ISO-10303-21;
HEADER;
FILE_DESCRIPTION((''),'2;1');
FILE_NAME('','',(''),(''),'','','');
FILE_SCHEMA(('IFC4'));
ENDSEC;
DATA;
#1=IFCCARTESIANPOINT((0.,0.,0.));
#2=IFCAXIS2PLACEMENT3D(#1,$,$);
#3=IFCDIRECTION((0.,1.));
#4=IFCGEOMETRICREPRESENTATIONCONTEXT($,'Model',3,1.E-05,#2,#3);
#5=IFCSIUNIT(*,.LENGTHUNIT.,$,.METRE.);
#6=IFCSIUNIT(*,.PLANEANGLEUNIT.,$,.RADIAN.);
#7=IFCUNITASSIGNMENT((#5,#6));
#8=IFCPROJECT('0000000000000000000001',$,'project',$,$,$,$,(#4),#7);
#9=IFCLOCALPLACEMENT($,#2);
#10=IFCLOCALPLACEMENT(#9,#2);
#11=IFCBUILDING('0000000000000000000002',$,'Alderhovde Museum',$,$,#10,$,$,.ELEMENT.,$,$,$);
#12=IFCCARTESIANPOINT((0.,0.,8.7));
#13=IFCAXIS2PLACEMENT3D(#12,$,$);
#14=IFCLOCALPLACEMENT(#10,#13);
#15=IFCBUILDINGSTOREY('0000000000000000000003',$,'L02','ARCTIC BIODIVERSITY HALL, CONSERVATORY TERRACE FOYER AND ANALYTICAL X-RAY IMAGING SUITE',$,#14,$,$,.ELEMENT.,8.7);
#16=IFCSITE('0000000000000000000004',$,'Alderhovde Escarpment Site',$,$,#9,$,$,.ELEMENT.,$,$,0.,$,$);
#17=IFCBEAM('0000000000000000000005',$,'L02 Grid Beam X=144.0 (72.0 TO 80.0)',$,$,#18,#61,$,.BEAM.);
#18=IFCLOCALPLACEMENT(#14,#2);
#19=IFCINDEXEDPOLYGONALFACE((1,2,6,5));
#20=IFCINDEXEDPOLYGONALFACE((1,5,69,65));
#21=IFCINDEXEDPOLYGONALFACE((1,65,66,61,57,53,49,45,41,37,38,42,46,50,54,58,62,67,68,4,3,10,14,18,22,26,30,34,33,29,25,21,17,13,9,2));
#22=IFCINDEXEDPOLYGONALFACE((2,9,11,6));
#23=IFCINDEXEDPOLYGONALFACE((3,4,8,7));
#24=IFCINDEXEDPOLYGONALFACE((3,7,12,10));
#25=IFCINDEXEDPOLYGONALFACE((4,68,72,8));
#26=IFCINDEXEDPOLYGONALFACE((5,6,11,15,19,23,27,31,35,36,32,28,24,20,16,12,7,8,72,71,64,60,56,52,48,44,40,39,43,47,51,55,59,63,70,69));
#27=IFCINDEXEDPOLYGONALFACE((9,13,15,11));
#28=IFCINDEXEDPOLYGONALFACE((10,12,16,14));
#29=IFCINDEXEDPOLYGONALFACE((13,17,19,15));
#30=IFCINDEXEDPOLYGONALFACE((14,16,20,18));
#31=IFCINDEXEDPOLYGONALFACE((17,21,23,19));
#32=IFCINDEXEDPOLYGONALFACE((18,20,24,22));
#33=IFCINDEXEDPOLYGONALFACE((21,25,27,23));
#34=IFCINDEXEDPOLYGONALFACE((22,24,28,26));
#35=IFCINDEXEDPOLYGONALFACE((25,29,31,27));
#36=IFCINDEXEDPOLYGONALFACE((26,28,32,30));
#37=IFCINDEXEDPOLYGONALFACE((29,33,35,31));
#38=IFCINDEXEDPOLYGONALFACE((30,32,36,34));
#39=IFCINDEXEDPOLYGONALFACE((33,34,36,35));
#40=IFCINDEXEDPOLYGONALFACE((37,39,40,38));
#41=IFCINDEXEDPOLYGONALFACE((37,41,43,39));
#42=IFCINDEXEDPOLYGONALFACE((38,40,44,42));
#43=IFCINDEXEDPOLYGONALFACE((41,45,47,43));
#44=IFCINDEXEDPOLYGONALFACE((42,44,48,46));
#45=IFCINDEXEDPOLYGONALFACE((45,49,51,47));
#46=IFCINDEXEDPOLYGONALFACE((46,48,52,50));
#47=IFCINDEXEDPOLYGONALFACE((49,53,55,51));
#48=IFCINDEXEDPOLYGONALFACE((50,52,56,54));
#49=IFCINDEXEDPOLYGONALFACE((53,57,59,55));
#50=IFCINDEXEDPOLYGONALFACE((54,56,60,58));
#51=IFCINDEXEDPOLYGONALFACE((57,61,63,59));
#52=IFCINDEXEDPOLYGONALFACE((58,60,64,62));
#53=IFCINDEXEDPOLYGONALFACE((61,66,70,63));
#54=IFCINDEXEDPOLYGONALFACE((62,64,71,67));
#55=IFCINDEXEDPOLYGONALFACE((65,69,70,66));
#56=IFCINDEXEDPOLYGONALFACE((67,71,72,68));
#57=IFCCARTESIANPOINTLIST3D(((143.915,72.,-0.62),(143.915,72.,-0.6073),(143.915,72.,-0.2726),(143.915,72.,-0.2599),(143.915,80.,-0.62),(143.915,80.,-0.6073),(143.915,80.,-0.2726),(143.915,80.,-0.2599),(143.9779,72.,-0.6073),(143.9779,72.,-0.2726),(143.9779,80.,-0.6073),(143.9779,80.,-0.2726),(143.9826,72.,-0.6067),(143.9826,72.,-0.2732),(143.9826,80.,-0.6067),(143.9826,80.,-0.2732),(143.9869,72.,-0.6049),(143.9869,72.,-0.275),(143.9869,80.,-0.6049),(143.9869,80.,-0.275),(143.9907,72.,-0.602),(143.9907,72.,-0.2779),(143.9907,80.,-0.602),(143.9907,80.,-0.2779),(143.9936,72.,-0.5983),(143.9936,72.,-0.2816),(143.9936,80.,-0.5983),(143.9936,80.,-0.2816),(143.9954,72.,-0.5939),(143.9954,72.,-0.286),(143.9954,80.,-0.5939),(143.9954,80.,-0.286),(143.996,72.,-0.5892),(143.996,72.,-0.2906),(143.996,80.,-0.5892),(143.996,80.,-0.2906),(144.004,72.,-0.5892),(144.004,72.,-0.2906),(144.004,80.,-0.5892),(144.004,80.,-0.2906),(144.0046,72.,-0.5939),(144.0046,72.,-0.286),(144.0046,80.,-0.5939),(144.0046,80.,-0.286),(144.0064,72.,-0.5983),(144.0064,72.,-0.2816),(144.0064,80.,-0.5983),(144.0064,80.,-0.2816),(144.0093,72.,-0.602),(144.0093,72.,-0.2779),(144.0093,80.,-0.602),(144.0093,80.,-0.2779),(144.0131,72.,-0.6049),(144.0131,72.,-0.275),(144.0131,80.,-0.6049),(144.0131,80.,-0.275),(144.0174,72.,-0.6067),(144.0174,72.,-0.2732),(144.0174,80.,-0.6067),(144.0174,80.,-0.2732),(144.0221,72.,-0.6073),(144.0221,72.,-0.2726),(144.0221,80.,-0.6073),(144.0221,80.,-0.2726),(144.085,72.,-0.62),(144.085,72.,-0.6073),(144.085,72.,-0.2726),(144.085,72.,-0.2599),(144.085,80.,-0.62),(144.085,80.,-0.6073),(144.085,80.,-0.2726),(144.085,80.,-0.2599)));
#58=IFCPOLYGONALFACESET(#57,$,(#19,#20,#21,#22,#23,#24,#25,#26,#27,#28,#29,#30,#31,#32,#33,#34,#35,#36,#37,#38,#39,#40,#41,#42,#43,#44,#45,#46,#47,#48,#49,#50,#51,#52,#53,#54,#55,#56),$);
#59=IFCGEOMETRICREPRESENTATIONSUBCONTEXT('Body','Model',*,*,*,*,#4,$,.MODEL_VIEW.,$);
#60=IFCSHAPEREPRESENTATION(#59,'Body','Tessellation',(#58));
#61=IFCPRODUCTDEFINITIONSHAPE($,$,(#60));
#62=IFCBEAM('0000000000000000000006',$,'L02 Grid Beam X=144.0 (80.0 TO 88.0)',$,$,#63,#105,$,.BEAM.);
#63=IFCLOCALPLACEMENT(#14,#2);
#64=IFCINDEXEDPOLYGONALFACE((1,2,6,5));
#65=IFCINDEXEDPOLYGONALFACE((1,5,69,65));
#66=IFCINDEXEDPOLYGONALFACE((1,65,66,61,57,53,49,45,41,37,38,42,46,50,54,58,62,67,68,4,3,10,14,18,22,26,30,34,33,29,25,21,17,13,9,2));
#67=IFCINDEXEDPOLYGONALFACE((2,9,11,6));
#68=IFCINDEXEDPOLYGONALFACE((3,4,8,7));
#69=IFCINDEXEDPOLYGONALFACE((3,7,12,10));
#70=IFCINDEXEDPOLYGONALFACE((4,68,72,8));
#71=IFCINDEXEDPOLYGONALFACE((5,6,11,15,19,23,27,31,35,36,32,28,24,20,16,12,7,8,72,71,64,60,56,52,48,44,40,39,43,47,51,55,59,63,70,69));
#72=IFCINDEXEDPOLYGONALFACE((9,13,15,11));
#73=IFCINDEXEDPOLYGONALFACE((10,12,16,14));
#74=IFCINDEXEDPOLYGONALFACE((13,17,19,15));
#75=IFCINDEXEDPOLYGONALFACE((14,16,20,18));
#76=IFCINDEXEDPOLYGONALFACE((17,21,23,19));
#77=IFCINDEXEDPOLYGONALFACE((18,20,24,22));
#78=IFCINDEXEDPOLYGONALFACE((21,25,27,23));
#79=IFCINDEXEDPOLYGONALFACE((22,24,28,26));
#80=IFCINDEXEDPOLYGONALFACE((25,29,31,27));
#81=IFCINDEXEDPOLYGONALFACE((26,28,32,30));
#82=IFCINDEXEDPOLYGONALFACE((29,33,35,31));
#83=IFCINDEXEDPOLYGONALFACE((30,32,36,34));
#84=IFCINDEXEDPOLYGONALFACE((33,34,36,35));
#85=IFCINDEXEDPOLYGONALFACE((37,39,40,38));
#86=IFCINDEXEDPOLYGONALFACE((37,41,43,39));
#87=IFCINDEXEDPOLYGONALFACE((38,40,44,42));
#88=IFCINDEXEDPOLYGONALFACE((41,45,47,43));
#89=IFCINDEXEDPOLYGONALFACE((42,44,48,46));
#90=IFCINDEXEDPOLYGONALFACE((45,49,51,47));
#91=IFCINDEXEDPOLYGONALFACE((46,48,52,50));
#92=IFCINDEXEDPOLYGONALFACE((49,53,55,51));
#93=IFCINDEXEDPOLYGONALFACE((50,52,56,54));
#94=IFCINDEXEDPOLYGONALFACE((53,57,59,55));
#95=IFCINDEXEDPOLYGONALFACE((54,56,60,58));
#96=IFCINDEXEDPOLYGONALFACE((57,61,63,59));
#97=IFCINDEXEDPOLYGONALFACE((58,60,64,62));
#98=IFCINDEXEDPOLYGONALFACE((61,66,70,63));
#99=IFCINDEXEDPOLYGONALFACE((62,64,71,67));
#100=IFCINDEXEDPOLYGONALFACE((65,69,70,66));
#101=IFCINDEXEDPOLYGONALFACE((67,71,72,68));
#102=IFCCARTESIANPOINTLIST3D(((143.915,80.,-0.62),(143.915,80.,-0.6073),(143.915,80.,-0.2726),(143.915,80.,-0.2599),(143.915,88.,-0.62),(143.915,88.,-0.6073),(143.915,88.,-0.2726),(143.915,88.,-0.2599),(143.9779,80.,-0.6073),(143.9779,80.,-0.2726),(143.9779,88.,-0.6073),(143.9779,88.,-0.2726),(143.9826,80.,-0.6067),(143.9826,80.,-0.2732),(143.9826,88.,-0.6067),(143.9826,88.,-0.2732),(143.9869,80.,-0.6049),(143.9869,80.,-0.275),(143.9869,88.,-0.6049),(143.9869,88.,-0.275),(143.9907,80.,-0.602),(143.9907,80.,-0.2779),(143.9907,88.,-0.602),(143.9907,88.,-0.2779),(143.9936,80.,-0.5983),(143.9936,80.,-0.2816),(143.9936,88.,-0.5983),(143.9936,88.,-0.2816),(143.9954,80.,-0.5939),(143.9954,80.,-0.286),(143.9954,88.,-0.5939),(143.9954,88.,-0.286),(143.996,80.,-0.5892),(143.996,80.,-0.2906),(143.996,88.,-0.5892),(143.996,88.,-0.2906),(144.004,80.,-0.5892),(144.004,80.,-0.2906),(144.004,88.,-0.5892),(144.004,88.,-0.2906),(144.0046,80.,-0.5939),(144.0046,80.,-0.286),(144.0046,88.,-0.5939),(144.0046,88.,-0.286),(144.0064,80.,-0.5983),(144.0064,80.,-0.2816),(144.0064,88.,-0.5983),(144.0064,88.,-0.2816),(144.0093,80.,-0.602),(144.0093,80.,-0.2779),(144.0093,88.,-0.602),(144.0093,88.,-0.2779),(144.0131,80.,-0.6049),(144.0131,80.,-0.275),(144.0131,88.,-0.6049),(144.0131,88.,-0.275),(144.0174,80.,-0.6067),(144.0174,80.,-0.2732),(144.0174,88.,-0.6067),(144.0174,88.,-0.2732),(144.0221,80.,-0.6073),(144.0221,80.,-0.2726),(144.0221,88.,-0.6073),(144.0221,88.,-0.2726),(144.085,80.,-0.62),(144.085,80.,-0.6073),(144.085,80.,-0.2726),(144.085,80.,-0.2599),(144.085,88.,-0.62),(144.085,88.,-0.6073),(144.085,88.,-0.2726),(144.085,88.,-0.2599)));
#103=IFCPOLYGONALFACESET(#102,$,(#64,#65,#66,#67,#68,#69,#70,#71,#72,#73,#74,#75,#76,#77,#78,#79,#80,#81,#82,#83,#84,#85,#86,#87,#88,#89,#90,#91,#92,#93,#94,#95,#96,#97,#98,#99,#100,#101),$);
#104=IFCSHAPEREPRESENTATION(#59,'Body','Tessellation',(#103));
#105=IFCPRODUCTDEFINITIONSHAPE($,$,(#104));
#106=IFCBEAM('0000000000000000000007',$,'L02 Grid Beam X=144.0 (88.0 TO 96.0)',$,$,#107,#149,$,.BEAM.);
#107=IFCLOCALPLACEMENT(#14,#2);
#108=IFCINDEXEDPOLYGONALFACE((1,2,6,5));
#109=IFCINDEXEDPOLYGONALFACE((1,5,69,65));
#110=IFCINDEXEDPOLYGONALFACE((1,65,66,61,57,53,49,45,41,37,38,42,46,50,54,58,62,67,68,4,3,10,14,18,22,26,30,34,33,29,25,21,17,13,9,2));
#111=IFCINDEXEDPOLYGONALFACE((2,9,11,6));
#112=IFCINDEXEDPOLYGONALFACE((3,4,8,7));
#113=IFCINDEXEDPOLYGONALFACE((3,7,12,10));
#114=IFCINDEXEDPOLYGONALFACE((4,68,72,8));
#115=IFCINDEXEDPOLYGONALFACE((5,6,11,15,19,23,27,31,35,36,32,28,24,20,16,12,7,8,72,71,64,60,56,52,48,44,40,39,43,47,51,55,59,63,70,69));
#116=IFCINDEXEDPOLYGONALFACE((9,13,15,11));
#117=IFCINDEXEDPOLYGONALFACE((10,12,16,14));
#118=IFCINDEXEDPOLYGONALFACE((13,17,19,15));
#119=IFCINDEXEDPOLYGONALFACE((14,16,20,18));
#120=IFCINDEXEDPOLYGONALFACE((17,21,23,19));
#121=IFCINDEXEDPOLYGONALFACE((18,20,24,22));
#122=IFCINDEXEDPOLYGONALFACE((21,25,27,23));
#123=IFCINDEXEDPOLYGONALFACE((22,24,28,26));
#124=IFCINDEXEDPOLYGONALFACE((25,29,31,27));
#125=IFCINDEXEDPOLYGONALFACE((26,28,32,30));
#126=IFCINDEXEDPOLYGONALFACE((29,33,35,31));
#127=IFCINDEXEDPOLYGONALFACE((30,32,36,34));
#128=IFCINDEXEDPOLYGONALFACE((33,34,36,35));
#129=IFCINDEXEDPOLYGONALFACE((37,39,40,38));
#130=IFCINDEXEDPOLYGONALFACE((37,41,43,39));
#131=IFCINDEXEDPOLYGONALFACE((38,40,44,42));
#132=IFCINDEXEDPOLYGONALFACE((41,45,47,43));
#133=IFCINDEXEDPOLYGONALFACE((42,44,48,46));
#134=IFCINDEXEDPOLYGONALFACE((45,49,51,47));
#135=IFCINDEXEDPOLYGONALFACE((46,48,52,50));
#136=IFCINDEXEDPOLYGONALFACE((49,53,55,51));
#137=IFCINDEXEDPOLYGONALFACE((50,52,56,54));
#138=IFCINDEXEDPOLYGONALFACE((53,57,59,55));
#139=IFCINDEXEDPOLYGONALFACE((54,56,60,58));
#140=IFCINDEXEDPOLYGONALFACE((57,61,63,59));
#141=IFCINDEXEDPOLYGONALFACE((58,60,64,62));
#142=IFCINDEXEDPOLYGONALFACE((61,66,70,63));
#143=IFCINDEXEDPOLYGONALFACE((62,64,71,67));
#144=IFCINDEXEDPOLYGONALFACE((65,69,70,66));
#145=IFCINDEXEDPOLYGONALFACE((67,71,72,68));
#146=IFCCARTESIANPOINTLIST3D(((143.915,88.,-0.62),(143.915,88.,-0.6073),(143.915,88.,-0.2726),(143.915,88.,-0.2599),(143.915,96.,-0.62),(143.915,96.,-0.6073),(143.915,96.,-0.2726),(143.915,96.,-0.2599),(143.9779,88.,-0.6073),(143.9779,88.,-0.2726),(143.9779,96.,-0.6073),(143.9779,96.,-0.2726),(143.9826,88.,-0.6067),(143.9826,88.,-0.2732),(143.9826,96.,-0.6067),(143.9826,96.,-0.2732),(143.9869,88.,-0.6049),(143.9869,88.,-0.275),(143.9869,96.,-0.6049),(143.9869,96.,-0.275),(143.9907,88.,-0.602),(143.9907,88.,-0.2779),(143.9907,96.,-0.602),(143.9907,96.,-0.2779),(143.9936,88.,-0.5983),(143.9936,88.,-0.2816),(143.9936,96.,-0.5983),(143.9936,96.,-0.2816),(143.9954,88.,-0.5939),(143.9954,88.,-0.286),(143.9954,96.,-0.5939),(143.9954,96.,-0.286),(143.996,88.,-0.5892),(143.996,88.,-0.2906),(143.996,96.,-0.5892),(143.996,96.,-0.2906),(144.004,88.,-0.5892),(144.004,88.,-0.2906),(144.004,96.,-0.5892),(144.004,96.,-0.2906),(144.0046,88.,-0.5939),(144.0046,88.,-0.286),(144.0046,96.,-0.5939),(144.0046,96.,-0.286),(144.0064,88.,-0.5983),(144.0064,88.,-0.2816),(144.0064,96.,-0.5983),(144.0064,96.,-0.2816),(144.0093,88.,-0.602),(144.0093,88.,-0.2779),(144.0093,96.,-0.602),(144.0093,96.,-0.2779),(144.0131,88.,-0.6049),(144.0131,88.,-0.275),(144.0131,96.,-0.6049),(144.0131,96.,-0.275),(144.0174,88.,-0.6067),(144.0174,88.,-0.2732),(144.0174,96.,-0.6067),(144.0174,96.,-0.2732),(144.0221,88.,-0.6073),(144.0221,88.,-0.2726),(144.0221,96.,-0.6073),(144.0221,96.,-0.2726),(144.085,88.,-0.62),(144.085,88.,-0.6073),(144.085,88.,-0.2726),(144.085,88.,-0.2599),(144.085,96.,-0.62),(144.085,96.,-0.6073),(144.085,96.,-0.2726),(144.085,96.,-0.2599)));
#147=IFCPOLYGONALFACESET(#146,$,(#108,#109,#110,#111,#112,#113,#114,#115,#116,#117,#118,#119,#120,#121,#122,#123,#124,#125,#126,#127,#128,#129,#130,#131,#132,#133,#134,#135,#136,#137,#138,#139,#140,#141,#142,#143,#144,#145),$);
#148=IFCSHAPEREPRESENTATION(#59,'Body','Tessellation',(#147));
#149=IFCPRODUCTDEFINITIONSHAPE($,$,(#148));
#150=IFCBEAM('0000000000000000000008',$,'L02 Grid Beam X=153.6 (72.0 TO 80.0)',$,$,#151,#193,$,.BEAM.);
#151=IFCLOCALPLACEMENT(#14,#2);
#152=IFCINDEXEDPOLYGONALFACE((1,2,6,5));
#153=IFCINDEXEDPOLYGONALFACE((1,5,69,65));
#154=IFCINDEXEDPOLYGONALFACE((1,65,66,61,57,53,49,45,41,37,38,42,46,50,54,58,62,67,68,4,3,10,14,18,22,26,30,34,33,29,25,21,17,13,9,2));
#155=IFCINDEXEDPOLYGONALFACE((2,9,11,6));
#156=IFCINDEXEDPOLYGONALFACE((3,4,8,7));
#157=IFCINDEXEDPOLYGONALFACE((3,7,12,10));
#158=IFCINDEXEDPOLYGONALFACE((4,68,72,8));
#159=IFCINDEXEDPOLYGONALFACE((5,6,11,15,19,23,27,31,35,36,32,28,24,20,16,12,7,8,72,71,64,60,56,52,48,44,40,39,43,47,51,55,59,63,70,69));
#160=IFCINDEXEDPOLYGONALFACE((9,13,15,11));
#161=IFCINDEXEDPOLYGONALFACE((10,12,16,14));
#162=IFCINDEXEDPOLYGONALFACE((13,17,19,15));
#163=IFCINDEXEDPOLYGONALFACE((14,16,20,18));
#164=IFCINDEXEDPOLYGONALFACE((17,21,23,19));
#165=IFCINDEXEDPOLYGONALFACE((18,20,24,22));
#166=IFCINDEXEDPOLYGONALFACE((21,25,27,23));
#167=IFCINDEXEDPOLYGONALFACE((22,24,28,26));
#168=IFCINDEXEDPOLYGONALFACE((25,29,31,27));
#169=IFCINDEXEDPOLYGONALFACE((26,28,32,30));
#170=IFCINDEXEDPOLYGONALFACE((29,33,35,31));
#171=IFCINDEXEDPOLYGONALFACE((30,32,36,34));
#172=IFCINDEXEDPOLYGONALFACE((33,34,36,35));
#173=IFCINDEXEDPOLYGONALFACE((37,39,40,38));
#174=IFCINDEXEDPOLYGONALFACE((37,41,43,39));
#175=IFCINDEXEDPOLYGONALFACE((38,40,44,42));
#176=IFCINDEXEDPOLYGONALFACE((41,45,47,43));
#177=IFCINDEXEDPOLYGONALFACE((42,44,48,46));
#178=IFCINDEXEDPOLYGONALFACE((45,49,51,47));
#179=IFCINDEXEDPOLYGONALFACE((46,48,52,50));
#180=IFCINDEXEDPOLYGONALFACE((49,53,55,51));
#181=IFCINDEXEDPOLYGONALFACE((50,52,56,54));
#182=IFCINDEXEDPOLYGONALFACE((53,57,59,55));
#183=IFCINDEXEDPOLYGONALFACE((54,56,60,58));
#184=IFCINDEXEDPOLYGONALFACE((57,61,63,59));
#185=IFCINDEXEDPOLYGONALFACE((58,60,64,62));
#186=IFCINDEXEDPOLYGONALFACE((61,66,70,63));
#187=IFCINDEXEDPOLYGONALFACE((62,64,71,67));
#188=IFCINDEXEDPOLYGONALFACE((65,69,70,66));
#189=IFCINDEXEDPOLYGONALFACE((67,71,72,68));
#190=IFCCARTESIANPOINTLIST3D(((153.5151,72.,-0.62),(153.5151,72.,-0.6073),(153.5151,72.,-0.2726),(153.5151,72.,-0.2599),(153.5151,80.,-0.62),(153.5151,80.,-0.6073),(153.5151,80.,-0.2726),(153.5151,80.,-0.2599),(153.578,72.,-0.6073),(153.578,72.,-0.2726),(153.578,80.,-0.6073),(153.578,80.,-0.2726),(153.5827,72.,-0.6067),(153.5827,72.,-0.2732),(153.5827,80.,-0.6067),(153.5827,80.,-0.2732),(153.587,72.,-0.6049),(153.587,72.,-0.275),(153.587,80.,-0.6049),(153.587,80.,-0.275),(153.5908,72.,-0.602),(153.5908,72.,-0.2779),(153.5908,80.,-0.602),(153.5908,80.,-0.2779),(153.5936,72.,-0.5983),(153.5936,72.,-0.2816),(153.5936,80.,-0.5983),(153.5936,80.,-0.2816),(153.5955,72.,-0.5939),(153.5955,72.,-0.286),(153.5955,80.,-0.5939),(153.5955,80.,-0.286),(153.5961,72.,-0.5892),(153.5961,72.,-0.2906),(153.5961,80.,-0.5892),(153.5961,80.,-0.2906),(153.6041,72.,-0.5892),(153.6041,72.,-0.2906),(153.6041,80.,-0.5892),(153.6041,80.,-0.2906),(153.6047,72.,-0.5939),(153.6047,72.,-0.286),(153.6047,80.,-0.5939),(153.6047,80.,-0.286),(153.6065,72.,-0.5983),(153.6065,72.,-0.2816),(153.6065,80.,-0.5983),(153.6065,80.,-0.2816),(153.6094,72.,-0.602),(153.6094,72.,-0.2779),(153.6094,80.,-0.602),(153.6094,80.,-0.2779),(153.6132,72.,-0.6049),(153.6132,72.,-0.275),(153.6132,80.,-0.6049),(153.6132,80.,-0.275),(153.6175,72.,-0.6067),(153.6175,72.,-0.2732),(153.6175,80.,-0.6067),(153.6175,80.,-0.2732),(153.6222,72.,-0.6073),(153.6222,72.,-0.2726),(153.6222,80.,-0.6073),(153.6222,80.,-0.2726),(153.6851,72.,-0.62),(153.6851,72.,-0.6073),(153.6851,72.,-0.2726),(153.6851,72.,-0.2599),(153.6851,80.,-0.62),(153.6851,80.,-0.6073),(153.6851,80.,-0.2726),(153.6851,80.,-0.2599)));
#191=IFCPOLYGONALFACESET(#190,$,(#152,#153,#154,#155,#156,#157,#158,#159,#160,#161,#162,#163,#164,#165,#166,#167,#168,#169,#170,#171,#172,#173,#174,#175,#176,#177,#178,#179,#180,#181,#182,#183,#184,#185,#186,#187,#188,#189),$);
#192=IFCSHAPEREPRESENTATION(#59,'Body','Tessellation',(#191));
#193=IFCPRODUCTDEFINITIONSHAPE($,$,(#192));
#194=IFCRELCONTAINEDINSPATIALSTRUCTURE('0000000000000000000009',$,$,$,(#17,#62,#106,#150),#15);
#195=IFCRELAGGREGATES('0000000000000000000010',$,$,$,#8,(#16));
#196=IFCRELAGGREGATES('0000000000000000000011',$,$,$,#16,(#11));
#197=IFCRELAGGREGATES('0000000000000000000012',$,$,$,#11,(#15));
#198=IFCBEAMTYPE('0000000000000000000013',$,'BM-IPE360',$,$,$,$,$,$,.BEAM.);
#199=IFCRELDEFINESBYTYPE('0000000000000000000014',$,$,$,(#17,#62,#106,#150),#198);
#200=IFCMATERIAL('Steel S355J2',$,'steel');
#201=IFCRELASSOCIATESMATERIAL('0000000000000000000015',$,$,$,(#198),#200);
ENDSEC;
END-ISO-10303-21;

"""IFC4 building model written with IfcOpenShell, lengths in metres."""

from ifc_helpers import new_model, si_unit, direction, frame, origin, origin_2d, place, context, subcontext, project, spatial, i_section, extrude, material, material_profile, profile_set, type_object, element, save


model = new_model("IFC4")

# Units and contexts
model_context = context("Model", 3, precision=1e-05, world=origin(), true_north=direction((0.0, 1.0)))
body_context = subcontext(model_context, "Body", "Model", "MODEL_VIEW")
ifc_project = project(units=[si_unit("LENGTHUNIT", "METRE"), si_unit("PLANEANGLEUNIT", "RADIAN")], contexts=[model_context])

# Site, building, storey
site_placement = place(None, origin())
site = spatial("IfcSite", under=ifc_project, at=site_placement, Name="Alderhovde Escarpment Site", CompositionType="ELEMENT", RefElevation=0.0)
building_placement = place(site_placement, origin())
building = spatial("IfcBuilding", under=site, at=building_placement, Name="Alderhovde Museum", CompositionType="ELEMENT")
storey_placement = place(building_placement, frame((0.0, 0.0, 8.7)))
storey = spatial("IfcBuildingStorey", under=building, at=storey_placement, Name="L02", Description="ARCTIC BIODIVERSITY HALL, CONSERVATORY TERRACE FOYER AND ANALYTICAL X-RAY IMAGING SUITE", CompositionType="ELEMENT", Elevation=8.7)

# Beams
ifc_material_1 = material(Name="Steel S355J2", Category="steel")
ifc_material_profile_1 = material_profile(ifc_material_1, i_section(OverallWidth=0.1699, OverallDepth=0.3601, WebThickness=0.0081, FlangeThickness=0.0127, FilletRadius=0.0181, at=origin_2d()), Name="IPE 360")
ifc_profile_set_1 = profile_set([ifc_material_profile_1], Name="Steel S355J2")
beam_type_1 = type_object("IfcBeamType", Name="BM-IPE360", PredefinedType="BEAM", material=ifc_profile_set_1)
for number, where, z_axis, x_axis, name in (
    (1, (144.0, 72.0, -0.4399), (0.0, 1.0, 0.0), (-1.0, 0.0, 0.0), "L02 Grid Beam X=144.0 (72.0 TO 80.0)"),
    (2, (144.0, 80.0, -0.4399), (0.0, 1.0, 0.0), (-1.0, 0.0, 0.0), "L02 Grid Beam X=144.0 (80.0 TO 88.0)"),
    (3, (144.0, 88.0, -0.4399), (0.0, 1.0, 0.0), (-1.0, 0.0, 0.0), "L02 Grid Beam X=144.0 (88.0 TO 96.0)"),
    (4, (153.6001, 72.0, -0.4399), (0.0, 1.0, 0.0), (-1.0, 0.0, 0.0), "L02 Grid Beam X=153.6 (72.0 TO 80.0)"),
):
    element("IfcBeam", number, at=place(storey_placement, frame(where, z_axis=z_axis, x_axis=x_axis)), inside=storey, type_object=beam_type_1, Name=name, PredefinedType="BEAM", context=body_context, shape_type="SweptSolid", body=[
        extrude(i_section(OverallWidth=0.1699, OverallDepth=0.3601, WebThickness=0.0081, FlangeThickness=0.0127, FilletRadius=0.0181, at=origin_2d()), origin(), (0.0, 0.0, 1.0), 8.0),
    ])

save(model, "model.ifc")
